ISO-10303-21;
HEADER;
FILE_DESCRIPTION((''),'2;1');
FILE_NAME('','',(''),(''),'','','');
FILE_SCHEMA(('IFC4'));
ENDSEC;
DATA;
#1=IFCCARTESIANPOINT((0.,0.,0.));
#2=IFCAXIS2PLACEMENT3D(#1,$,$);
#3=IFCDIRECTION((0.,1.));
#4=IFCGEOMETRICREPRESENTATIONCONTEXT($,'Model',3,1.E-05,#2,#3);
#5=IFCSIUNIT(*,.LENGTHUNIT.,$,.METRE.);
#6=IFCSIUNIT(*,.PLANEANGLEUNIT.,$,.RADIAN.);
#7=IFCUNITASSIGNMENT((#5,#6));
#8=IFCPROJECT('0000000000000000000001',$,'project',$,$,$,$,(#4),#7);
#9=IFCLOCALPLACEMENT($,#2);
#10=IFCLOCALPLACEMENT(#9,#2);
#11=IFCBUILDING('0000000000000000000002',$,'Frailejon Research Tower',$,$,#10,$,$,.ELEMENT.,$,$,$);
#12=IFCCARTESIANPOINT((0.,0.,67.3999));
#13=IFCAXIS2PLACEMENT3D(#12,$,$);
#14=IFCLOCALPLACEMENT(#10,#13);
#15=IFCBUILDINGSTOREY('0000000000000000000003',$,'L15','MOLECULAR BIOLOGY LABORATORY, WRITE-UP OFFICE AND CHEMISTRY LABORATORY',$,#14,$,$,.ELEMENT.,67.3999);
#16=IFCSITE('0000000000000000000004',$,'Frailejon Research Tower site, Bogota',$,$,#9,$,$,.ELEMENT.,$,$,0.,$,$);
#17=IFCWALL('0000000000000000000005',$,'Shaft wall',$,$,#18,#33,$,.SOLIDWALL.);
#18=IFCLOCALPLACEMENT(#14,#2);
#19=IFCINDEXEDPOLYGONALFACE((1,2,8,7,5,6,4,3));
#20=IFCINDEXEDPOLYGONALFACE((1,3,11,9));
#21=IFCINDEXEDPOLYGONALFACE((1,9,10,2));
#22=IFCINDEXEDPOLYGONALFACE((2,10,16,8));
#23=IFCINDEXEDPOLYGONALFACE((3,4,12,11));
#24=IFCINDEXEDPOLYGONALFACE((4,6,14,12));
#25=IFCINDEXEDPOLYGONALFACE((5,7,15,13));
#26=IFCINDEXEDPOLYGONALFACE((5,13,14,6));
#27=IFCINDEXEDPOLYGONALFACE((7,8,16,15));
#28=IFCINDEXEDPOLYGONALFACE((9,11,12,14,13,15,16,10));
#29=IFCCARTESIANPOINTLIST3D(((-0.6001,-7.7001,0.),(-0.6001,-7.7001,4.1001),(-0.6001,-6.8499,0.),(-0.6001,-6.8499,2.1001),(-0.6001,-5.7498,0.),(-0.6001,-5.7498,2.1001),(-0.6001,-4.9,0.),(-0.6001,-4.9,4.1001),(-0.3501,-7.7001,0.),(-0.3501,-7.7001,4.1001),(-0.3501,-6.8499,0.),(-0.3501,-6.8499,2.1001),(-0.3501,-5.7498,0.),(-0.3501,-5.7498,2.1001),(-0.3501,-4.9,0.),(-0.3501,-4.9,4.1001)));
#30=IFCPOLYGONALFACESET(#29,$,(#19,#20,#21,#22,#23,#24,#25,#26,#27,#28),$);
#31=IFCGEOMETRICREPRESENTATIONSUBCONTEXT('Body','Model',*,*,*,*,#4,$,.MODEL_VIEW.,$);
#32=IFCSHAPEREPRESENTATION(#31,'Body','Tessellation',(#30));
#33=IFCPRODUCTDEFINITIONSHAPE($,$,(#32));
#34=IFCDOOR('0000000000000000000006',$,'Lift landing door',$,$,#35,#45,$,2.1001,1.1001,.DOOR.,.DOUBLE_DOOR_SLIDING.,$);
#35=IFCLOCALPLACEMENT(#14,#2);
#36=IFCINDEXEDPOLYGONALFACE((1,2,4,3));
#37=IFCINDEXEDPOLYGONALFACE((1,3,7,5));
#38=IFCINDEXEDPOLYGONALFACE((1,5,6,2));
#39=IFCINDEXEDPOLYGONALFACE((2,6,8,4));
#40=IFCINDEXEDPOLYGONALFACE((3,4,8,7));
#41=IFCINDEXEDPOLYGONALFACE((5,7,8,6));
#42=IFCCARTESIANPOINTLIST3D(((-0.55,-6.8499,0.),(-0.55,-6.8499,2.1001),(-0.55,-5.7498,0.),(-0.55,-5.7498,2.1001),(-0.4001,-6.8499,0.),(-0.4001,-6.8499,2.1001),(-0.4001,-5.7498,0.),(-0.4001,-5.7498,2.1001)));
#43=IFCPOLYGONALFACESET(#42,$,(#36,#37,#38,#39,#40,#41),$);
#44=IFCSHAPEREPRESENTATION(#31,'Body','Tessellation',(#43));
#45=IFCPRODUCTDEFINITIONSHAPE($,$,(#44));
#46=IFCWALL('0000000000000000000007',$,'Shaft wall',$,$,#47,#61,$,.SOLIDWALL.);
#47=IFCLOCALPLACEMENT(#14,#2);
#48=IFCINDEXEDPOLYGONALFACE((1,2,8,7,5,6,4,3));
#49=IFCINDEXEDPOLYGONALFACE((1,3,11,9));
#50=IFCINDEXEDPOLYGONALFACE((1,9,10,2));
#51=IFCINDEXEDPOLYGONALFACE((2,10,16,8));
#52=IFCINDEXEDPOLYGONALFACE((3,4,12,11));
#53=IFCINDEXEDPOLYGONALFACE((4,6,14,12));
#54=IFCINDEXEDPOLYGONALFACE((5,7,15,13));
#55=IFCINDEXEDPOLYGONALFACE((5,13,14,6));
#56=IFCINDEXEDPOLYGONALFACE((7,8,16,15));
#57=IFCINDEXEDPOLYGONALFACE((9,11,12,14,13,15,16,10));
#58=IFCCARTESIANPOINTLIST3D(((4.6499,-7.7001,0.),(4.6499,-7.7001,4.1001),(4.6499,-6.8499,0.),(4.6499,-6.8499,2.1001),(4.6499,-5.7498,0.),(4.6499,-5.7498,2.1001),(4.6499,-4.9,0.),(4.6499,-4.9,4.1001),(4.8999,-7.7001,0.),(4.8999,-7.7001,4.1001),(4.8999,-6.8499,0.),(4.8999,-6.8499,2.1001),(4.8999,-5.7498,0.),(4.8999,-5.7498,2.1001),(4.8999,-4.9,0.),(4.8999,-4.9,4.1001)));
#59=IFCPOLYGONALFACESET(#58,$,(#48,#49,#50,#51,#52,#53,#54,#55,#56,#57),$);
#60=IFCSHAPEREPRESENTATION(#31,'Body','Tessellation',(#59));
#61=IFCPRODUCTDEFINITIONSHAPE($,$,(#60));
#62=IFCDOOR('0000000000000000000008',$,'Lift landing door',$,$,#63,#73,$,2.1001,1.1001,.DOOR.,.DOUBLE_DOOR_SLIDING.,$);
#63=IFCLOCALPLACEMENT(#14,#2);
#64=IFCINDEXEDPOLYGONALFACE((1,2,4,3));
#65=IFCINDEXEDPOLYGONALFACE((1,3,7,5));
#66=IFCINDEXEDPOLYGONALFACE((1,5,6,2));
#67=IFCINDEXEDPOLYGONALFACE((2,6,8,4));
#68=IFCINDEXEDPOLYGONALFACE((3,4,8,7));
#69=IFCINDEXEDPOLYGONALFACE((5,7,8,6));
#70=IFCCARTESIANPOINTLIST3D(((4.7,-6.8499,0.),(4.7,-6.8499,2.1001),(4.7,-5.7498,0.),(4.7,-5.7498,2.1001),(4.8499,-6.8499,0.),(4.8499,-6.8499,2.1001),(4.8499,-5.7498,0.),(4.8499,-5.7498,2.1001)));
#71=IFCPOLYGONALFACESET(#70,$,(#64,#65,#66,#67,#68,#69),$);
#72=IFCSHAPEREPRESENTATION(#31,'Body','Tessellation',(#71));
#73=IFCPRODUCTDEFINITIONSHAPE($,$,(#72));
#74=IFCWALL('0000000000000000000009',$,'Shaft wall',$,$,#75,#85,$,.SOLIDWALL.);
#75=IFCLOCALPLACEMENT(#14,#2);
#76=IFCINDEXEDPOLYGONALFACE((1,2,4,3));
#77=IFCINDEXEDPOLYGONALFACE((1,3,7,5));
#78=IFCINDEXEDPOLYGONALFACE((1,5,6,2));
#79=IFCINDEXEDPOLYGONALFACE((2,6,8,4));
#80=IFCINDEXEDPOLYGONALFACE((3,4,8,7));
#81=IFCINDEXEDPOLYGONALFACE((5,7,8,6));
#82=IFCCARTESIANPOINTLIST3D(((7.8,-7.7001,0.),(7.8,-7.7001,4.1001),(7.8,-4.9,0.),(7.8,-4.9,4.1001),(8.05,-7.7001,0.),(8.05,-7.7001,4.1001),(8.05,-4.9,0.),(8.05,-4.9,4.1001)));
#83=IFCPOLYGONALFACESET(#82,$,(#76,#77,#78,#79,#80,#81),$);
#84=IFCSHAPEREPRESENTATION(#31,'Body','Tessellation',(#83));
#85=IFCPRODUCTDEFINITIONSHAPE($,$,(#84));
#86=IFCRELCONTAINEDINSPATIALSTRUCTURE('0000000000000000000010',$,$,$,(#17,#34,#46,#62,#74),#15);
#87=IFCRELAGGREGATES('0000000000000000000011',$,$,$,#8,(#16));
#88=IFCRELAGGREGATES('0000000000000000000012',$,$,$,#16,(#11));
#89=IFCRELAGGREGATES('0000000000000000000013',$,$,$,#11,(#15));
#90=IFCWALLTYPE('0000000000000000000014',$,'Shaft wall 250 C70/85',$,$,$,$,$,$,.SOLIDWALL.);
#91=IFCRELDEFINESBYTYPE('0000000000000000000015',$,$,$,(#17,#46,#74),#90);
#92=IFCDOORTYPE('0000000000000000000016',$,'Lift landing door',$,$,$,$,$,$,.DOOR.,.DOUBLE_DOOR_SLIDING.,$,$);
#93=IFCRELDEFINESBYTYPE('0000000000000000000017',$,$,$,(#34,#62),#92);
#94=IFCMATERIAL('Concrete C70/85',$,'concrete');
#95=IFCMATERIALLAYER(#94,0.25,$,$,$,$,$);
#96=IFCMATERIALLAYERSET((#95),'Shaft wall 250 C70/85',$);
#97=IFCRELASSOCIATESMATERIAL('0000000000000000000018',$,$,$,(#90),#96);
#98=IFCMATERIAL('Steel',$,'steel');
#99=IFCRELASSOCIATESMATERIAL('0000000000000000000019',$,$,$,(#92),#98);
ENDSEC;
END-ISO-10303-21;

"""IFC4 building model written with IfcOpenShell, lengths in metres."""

from ifc_helpers import new_model, si_unit, direction, frame, frame_2d, origin, place, context, subcontext, project, spatial, rectangle, extrude, material, layer, layer_set, type_object, element, fill, save


model = new_model("IFC4")

# Units and contexts
model_context = context("Model", 3, precision=1e-05, world=origin(), true_north=direction((0.0, 1.0)))
body_context = subcontext(model_context, "Body", "Model", "MODEL_VIEW")
ifc_project = project(units=[si_unit("LENGTHUNIT", "METRE"), si_unit("PLANEANGLEUNIT", "RADIAN")], contexts=[model_context])

# Site, building, storey
site_placement = place(None, origin())
site = spatial("IfcSite", under=ifc_project, at=site_placement, Name="Frailejon Research Tower site, Bogota", CompositionType="ELEMENT", RefElevation=0.0)
building_placement = place(site_placement, origin())
building = spatial("IfcBuilding", under=site, at=building_placement, Name="Frailejon Research Tower", CompositionType="ELEMENT")
storey_placement = place(building_placement, frame((0.0, 0.0, 67.3999)))
storey = spatial("IfcBuildingStorey", under=building, at=storey_placement, Name="L15", Description="MOLECULAR BIOLOGY LABORATORY, WRITE-UP OFFICE AND CHEMISTRY LABORATORY", CompositionType="ELEMENT", Elevation=67.3999)

# Shared definitions
ifc_material_1 = material(Name="Concrete C70/85", Category="concrete")
ifc_layer_1 = layer(ifc_material_1, 0.25)
ifc_layer_set_1 = layer_set([ifc_layer_1], Name="Shaft wall 250 C70/85")
wall_type_1 = type_object("IfcWallType", Name="Shaft wall 250 C70/85", PredefinedType="SOLIDWALL", material=ifc_layer_set_1)
ifc_material_2 = material(Name="Steel", Category="steel")
door_type_1 = type_object("IfcDoorType", Name="Lift landing door", OperationType="DOUBLE_DOOR_SLIDING", PredefinedType="DOOR", material=ifc_material_2)

# Walls, openings, doors
wall_1_placement = place(storey_placement, frame((-0.4751, -7.7, 0.0), z_axis=(0.0, 0.0, 1.0), x_axis=(0.0, 1.0, 0.0)))
wall_1 = element("IfcWall", 1, at=wall_1_placement, inside=storey, type_object=wall_type_1, Name="Shaft wall", PredefinedType="SOLIDWALL", context=body_context, shape_type="SweptSolid", body=[
    extrude(rectangle(XDim=2.8, YDim=0.25, at=frame_2d((1.3999, 0.0))), origin(), (0.0, 0.0, 1.0), 4.1001),
])
opening_1_placement = place(wall_1_placement, frame((0.8501, 0.0, 0.0)))
opening_1 = element("IfcOpeningElement", 2, at=opening_1_placement, cuts=wall_1, PredefinedType="OPENING", context=body_context, shape_type="SweptSolid", body=[
    extrude(rectangle(XDim=1.1001, YDim=2.1001, at=frame_2d((0.55, 1.05))), frame((0.0, 0.135, 0.0), z_axis=(0.0, -1.0, 0.0), x_axis=(1.0, 0.0, 0.0)), (0.0, 0.0, 1.0), 0.27),
])
door_1_placement = place(opening_1_placement, origin())
door_1 = element("IfcDoor", 3, at=door_1_placement, inside=storey, type_object=door_type_1, Name="Lift landing door", OperationType="DOUBLE_DOOR_SLIDING", OverallHeight=2.1001, OverallWidth=1.1001, PredefinedType="DOOR", context=body_context, shape_type="SweptSolid", body=[
    extrude(rectangle(XDim=1.1001, YDim=2.1001, at=frame_2d((0.55, 1.05))), frame((0.0, 0.075, 0.0), z_axis=(0.0, -1.0, 0.0), x_axis=(1.0, 0.0, 0.0)), (0.0, 0.0, 1.0), 0.1499),
])
fill(opening_1, door_1)
wall_2_placement = place(storey_placement, frame((4.7749, -7.7, 0.0), z_axis=(0.0, 0.0, 1.0), x_axis=(0.0, 1.0, 0.0)))
wall_2 = element("IfcWall", 4, at=wall_2_placement, inside=storey, type_object=wall_type_1, Name="Shaft wall", PredefinedType="SOLIDWALL", context=body_context, shape_type="SweptSolid", body=[
    extrude(rectangle(XDim=2.8, YDim=0.25, at=frame_2d((1.3999, 0.0))), origin(), (0.0, 0.0, 1.0), 4.1001),
])
opening_2_placement = place(wall_2_placement, frame((0.8501, 0.0, 0.0)))
opening_2 = element("IfcOpeningElement", 5, at=opening_2_placement, cuts=wall_2, PredefinedType="OPENING", context=body_context, shape_type="SweptSolid", body=[
    extrude(rectangle(XDim=1.1001, YDim=2.1001, at=frame_2d((0.55, 1.05))), frame((0.0, 0.135, 0.0), z_axis=(0.0, -1.0, 0.0), x_axis=(1.0, 0.0, 0.0)), (0.0, 0.0, 1.0), 0.27),
])
door_2_placement = place(opening_2_placement, origin())
door_2 = element("IfcDoor", 6, at=door_2_placement, inside=storey, type_object=door_type_1, Name="Lift landing door", OperationType="DOUBLE_DOOR_SLIDING", OverallHeight=2.1001, OverallWidth=1.1001, PredefinedType="DOOR", context=body_context, shape_type="SweptSolid", body=[
    extrude(rectangle(XDim=1.1001, YDim=2.1001, at=frame_2d((0.55, 1.05))), frame((0.0, 0.075, 0.0), z_axis=(0.0, -1.0, 0.0), x_axis=(1.0, 0.0, 0.0)), (0.0, 0.0, 1.0), 0.1499),
])
fill(opening_2, door_2)

# Wall
wall_3_placement = place(storey_placement, frame((7.925, -7.7, 0.0), z_axis=(0.0, 0.0, 1.0), x_axis=(0.0, 1.0, 0.0)))
element("IfcWall", 7, at=wall_3_placement, inside=storey, type_object=wall_type_1, Name="Shaft wall", PredefinedType="SOLIDWALL", context=body_context, shape_type="SweptSolid", body=[
    extrude(rectangle(XDim=2.8, YDim=0.25, at=frame_2d((1.3999, 0.0))), origin(), (0.0, 0.0, 1.0), 4.1001),
])

save(model, "model.ifc")
